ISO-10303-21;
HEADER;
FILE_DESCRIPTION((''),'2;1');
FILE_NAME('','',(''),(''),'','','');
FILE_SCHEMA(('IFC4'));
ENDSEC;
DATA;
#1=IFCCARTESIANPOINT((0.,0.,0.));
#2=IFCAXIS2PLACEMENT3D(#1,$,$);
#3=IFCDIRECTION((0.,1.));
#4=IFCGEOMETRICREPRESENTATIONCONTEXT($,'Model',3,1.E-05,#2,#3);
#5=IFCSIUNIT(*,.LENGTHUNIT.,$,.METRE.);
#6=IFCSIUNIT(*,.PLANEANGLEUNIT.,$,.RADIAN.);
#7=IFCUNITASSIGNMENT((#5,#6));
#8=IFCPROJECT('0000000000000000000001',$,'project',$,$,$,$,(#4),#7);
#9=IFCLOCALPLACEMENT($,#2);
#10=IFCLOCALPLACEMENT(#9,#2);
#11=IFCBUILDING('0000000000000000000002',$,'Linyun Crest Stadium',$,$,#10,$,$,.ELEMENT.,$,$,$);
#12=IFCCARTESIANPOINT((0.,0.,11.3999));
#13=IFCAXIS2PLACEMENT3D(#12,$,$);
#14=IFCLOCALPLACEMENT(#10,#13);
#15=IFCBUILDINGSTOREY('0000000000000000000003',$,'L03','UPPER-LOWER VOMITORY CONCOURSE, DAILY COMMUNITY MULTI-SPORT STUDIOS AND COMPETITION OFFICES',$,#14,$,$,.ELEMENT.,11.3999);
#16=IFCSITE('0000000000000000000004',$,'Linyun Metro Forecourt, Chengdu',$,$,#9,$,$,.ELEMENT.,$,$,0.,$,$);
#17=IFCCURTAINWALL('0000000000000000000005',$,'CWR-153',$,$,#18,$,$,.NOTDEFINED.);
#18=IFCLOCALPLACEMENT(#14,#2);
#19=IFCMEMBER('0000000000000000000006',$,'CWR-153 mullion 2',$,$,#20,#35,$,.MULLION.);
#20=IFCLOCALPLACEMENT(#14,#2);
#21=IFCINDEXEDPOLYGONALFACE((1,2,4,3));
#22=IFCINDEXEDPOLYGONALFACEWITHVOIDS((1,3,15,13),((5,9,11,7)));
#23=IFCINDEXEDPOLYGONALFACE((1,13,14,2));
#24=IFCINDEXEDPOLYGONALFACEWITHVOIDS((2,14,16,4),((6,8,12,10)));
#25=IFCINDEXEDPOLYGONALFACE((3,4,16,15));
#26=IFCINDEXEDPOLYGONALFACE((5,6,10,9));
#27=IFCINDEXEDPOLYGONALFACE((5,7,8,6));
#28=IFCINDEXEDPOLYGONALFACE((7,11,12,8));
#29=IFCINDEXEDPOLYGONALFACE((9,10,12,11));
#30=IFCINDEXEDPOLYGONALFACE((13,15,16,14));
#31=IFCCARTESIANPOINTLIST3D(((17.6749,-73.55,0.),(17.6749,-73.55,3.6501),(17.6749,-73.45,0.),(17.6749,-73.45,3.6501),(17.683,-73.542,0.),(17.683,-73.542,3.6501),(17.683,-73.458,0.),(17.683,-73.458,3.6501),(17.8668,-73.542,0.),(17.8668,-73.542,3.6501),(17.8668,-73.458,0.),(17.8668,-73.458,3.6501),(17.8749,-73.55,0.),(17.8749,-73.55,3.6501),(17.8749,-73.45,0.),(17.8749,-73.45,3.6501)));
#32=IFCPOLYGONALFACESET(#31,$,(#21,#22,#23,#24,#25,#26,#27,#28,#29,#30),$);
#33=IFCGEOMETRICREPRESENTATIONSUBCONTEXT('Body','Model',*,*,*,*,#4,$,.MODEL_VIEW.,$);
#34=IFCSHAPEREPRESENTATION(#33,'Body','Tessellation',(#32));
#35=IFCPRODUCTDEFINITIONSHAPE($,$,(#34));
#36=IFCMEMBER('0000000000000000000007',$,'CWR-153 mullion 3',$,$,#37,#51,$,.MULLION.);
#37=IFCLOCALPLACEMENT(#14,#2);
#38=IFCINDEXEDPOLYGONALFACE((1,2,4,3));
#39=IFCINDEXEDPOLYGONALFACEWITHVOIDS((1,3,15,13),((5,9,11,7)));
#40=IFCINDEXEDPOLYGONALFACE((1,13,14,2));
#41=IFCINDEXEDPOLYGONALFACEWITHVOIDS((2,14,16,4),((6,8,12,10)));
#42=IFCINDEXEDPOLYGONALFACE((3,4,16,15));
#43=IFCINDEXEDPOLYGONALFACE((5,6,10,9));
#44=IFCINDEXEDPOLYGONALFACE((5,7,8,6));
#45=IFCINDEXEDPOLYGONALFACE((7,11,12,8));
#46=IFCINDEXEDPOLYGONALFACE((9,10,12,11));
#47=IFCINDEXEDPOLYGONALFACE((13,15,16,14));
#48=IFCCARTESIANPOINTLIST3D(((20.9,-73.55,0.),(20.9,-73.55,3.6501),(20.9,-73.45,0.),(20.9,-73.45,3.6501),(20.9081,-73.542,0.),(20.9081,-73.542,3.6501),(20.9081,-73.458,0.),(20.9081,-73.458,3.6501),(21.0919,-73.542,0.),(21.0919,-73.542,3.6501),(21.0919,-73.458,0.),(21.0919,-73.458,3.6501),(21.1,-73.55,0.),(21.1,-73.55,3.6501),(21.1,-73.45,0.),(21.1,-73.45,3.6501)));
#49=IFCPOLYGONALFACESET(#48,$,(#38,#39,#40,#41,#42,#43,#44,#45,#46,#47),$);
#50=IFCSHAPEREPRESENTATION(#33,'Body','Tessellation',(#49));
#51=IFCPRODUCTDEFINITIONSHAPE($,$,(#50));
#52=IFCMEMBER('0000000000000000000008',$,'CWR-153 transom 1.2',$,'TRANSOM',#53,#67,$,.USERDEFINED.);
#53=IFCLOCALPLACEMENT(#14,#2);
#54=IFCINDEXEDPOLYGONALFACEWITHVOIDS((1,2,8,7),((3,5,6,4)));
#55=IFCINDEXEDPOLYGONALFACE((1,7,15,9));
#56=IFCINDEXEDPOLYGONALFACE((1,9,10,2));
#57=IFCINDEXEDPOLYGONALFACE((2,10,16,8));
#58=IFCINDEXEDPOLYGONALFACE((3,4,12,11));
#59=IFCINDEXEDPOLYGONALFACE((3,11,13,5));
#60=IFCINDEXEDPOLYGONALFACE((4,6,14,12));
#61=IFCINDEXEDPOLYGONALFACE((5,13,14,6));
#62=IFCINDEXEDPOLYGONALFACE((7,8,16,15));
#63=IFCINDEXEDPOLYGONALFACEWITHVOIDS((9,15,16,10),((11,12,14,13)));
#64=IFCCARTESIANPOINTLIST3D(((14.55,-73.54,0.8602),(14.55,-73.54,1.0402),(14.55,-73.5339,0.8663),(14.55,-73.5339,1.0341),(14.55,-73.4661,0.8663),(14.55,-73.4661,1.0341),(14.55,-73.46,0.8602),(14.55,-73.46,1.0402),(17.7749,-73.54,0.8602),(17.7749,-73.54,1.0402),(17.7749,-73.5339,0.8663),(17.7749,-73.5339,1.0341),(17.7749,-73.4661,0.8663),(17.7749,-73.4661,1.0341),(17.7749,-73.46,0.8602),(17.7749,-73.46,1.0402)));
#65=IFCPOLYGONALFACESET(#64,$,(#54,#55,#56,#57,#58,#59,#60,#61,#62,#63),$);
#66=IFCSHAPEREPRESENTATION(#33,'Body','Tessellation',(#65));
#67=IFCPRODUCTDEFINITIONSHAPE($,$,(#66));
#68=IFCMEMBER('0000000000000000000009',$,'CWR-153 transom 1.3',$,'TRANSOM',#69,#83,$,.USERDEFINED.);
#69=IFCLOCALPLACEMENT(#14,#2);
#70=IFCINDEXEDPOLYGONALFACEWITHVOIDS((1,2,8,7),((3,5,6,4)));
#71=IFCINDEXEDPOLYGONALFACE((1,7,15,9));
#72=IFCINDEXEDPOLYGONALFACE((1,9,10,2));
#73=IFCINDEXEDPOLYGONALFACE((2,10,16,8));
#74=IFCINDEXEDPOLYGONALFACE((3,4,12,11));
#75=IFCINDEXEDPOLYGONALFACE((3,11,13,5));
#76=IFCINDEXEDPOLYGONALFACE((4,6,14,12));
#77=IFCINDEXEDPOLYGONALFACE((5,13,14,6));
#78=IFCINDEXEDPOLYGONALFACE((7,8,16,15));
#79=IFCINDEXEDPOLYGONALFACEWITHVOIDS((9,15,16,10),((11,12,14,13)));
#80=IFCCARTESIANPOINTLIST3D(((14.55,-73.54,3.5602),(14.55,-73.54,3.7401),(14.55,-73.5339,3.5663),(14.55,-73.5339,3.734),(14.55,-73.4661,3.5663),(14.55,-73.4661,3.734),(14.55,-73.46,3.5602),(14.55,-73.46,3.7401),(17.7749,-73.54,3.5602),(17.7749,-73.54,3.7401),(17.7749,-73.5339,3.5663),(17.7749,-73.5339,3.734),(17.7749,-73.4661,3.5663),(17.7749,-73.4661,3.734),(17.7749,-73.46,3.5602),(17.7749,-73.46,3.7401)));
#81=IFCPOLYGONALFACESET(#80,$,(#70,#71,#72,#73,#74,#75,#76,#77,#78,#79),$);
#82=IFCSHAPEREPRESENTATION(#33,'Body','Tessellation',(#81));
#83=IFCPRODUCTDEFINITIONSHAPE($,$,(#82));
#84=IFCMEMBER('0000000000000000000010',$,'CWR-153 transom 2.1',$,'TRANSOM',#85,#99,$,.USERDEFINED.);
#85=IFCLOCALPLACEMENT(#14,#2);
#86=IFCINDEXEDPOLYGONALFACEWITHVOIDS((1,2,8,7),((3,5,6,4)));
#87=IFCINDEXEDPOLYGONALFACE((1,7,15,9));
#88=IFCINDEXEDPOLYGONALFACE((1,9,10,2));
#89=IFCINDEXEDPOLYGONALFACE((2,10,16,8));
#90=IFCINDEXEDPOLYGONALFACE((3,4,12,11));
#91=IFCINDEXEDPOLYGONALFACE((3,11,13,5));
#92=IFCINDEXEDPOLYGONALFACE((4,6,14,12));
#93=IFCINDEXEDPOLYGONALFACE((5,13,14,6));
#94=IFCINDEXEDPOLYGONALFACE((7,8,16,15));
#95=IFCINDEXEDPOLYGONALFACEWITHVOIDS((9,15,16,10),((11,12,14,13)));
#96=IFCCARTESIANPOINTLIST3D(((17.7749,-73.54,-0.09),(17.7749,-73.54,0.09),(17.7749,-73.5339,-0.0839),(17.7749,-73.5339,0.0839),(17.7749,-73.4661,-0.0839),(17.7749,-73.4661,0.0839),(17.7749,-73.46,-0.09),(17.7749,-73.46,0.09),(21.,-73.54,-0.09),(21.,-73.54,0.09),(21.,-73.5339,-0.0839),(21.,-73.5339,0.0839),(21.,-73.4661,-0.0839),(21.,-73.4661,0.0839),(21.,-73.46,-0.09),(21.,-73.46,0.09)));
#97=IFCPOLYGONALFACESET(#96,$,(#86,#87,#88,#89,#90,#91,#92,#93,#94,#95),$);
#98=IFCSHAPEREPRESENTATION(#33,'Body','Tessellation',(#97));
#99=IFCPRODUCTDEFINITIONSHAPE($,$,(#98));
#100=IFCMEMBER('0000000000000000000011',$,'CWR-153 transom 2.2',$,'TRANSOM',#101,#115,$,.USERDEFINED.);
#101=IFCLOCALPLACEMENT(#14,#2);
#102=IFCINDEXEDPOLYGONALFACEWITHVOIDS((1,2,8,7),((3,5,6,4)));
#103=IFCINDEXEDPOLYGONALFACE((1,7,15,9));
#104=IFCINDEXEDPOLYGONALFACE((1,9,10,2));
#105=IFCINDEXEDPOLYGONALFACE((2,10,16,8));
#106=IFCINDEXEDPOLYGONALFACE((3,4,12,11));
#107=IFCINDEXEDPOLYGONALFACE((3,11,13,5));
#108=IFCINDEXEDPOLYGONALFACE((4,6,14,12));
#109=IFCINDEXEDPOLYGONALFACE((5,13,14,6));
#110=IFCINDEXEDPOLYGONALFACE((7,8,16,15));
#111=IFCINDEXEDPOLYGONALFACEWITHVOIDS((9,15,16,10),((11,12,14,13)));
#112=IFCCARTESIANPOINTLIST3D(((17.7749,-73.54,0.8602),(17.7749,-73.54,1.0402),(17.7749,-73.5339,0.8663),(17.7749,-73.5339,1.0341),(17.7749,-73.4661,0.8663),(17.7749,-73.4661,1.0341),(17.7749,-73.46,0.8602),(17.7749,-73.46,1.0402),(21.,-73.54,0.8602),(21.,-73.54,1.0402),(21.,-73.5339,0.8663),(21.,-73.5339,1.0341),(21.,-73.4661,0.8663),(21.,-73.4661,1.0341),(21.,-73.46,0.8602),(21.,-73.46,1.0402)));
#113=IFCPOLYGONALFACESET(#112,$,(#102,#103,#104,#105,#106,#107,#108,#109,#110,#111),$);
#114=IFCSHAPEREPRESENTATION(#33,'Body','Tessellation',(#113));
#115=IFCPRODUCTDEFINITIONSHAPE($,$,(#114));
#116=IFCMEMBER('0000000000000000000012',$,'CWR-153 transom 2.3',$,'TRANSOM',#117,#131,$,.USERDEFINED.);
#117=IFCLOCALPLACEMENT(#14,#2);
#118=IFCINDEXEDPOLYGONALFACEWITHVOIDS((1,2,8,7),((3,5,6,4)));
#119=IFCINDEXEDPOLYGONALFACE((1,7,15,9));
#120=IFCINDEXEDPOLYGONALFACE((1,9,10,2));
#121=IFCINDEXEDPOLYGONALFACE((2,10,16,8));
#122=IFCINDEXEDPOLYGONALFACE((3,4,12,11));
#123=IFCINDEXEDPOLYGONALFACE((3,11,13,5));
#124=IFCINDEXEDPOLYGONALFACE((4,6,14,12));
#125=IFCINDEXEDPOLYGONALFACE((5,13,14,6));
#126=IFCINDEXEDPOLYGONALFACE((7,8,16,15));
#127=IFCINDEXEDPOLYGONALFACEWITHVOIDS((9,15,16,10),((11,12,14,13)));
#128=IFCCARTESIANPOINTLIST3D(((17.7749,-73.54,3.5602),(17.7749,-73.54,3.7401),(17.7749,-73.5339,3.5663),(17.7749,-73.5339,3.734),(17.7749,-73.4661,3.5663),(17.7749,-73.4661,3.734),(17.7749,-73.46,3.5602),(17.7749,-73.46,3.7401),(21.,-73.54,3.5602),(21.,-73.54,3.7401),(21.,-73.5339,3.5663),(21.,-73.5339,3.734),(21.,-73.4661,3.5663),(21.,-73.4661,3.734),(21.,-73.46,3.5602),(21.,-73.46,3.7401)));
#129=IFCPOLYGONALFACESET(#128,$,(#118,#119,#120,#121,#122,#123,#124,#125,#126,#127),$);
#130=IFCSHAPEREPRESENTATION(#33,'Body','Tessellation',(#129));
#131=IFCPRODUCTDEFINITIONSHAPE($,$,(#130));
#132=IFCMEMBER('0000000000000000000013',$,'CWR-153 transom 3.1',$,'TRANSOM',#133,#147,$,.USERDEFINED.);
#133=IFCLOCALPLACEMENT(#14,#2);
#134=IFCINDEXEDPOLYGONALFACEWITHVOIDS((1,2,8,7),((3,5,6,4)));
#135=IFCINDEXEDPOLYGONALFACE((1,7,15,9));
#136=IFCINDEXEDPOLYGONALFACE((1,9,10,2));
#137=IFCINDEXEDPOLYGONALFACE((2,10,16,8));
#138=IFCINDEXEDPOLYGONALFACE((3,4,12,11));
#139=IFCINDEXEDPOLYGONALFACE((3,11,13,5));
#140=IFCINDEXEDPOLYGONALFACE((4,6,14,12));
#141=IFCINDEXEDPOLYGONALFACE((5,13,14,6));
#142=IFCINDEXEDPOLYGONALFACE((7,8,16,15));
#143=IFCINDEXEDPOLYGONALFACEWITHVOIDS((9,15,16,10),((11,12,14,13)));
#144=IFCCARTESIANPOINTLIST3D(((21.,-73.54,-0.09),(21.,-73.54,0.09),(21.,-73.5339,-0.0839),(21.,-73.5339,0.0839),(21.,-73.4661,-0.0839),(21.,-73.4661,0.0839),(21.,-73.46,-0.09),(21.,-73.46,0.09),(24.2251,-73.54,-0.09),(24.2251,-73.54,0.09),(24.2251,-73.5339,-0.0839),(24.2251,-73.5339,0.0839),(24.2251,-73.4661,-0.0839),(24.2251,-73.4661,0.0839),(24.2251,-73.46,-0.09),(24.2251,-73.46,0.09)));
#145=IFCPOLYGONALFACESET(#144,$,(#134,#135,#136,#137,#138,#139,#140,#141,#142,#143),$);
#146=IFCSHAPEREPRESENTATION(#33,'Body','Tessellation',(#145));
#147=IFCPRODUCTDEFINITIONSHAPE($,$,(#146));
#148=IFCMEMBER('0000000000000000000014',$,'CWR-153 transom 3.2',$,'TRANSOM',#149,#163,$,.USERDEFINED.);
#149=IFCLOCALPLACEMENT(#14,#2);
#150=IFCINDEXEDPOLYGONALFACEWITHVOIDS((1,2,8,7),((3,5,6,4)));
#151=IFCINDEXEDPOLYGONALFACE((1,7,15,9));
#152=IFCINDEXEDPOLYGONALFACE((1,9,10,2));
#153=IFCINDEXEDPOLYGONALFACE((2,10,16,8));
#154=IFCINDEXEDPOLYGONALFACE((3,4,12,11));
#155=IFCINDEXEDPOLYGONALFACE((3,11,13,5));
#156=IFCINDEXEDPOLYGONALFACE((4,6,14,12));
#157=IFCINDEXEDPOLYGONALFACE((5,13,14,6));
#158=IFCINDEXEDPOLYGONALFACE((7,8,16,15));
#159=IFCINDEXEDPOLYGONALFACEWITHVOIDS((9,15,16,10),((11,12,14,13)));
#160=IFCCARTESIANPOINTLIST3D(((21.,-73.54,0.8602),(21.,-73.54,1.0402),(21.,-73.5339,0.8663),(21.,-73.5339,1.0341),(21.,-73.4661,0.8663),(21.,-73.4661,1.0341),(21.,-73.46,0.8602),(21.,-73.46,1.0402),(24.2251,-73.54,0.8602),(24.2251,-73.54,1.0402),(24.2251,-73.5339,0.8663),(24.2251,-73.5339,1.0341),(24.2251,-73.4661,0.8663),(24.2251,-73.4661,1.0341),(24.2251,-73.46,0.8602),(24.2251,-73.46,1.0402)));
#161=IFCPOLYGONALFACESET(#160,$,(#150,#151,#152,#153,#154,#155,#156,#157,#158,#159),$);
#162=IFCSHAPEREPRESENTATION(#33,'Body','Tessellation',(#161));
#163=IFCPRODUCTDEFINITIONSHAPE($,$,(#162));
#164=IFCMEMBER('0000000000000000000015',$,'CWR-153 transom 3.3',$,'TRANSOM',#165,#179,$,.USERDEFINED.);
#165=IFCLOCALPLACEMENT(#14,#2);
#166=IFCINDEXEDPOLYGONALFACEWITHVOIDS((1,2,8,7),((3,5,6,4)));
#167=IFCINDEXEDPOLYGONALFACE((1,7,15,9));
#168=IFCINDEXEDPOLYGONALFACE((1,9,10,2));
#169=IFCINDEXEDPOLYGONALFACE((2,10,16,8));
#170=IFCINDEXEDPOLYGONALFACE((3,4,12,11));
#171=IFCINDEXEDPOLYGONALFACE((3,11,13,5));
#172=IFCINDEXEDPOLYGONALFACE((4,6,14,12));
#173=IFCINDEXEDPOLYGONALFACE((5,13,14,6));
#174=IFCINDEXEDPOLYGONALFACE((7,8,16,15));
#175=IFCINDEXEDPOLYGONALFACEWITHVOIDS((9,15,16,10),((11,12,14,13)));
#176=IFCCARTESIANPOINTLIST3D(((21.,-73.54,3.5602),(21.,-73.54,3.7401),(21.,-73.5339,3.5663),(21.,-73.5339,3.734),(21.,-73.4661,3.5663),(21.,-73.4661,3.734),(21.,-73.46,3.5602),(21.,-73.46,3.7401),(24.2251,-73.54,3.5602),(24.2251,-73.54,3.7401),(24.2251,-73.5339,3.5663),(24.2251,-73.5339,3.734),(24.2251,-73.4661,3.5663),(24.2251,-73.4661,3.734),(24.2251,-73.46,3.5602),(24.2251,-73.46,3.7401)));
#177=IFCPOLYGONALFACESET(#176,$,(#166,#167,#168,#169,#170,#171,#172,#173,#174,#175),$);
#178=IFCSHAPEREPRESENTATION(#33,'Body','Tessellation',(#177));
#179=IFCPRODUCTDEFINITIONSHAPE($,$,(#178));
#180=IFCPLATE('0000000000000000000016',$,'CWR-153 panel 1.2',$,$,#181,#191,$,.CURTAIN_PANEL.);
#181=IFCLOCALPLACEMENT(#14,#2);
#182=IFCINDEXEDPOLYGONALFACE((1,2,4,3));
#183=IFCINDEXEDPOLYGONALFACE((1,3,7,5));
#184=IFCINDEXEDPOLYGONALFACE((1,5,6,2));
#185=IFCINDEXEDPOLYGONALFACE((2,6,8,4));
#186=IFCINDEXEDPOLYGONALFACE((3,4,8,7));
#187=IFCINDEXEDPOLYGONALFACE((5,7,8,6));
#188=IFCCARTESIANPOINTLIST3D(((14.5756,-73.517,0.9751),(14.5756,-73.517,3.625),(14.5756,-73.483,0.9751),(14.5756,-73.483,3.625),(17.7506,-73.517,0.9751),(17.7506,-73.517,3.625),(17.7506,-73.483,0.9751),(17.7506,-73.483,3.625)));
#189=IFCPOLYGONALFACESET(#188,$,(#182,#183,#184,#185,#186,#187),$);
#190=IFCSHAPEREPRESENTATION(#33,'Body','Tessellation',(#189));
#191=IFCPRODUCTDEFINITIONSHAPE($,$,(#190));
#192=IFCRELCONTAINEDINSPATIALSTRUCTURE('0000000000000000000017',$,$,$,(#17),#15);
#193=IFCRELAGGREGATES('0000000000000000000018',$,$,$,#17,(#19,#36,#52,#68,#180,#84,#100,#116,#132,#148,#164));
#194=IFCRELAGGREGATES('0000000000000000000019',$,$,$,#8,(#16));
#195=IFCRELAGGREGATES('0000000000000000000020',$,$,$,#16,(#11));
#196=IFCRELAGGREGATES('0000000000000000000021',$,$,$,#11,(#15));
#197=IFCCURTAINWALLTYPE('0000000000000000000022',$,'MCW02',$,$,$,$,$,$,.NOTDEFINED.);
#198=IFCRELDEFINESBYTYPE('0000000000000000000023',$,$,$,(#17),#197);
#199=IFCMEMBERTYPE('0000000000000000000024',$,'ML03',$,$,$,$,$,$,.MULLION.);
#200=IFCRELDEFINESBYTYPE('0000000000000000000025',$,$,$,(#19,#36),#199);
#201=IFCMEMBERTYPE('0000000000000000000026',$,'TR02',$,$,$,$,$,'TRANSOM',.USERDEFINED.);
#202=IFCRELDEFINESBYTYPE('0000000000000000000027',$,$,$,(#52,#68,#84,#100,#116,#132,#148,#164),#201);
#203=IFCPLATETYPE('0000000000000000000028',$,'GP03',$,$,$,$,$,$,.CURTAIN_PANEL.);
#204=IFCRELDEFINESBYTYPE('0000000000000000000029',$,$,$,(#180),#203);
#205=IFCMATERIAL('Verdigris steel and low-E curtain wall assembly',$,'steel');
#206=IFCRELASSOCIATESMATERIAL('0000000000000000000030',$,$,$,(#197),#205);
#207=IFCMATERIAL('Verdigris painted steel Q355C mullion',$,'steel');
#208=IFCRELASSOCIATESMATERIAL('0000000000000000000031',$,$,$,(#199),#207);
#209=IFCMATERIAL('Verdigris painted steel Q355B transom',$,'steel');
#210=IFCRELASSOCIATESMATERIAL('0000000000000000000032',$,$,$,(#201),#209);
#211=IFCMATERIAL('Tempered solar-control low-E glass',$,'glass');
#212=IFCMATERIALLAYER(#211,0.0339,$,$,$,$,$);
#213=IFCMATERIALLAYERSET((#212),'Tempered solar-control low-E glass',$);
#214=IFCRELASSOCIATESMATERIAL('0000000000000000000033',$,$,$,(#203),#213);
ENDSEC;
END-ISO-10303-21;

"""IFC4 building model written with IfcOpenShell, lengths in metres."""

from ifc_helpers import new_model, si_unit, direction, frame, origin, origin_2d, place, context, subcontext, project, spatial, rectangle, hollow_rectangle, extrude, material, layer, layer_set, material_profile, profile_set, type_object, element, aggregate, save


model = new_model("IFC4")

# Units and contexts
model_context = context("Model", 3, precision=1e-05, world=origin(), true_north=direction((0.0, 1.0)))
body_context = subcontext(model_context, "Body", "Model", "MODEL_VIEW")
ifc_project = project(units=[si_unit("LENGTHUNIT", "METRE"), si_unit("PLANEANGLEUNIT", "RADIAN")], contexts=[model_context])

# Site, building, storey
site_placement = place(None, origin())
site = spatial("IfcSite", under=ifc_project, at=site_placement, Name="Linyun Metro Forecourt, Chengdu", CompositionType="ELEMENT", RefElevation=0.0)
building_placement = place(site_placement, origin())
building = spatial("IfcBuilding", under=site, at=building_placement, Name="Linyun Crest Stadium", CompositionType="ELEMENT")
storey_placement = place(building_placement, frame((0.0, 0.0, 11.3999)))
storey = spatial("IfcBuildingStorey", under=building, at=storey_placement, Name="L03", Description="UPPER-LOWER VOMITORY CONCOURSE, DAILY COMMUNITY MULTI-SPORT STUDIOS AND COMPETITION OFFICES", CompositionType="ELEMENT", Elevation=11.3999)

# Curtain wall, members, plate
ifc_material_1 = material(Name="Verdigris steel and low-E curtain wall assembly", Category="steel")
curtain_wall_type = type_object("IfcCurtainWallType", Name="MCW02", PredefinedType="NOTDEFINED", material=ifc_material_1)
curtain_wall_placement = place(storey_placement, origin())
curtain_wall = element("IfcCurtainWall", 1, at=curtain_wall_placement, inside=storey, type_object=curtain_wall_type, Name="CWR-153", PredefinedType="NOTDEFINED")
ifc_material_2 = material(Name="Verdigris painted steel Q355C mullion", Category="steel")
ifc_material_profile_1 = material_profile(ifc_material_2, hollow_rectangle(XDim=0.1001, YDim=0.2, WallThickness=0.0081, at=origin_2d()), Name="RHS 200x100x8")
ifc_profile_set_1 = profile_set([ifc_material_profile_1], Name="Verdigris painted steel Q355C mullion")
member_type_1 = type_object("IfcMemberType", Name="ML03", PredefinedType="MULLION", material=ifc_profile_set_1)
member_1_placement = place(storey_placement, frame((17.7749, -73.5, 0.0), z_axis=(0.0, 0.0, 1.0), x_axis=(0.0, 1.0, 0.0)))
member_1 = element("IfcMember", 2, at=member_1_placement, type_object=member_type_1, Name="CWR-153 mullion 2", PredefinedType="MULLION", context=body_context, shape_type="SweptSolid", body=[
    extrude(hollow_rectangle(XDim=0.1001, YDim=0.2, WallThickness=0.0081, at=origin_2d()), origin(), (0.0, 0.0, 1.0), 3.6501),
])
member_2_placement = place(storey_placement, frame((21.0, -73.5, 0.0), z_axis=(0.0, 0.0, 1.0), x_axis=(0.0, 1.0, 0.0)))
member_2 = element("IfcMember", 3, at=member_2_placement, type_object=member_type_1, Name="CWR-153 mullion 3", PredefinedType="MULLION", context=body_context, shape_type="SweptSolid", body=[
    extrude(hollow_rectangle(XDim=0.1001, YDim=0.2, WallThickness=0.0081, at=origin_2d()), origin(), (0.0, 0.0, 1.0), 3.6501),
])
ifc_material_3 = material(Name="Verdigris painted steel Q355B transom", Category="steel")
ifc_material_profile_2 = material_profile(ifc_material_3, hollow_rectangle(XDim=0.0801, YDim=0.1799, WallThickness=0.0061, at=origin_2d()), Name="RHS 180x80x6")
ifc_profile_set_2 = profile_set([ifc_material_profile_2], Name="Verdigris painted steel Q355B transom")
member_type_2 = type_object("IfcMemberType", Name="TR02", ElementType="TRANSOM", PredefinedType="USERDEFINED", material=ifc_profile_set_2)
member_3_placement = place(storey_placement, frame((14.55, -73.5, 0.9502), z_axis=(1.0, 0.0, 0.0), x_axis=(0.0, 1.0, 0.0)))
member_3 = element("IfcMember", 4, at=member_3_placement, type_object=member_type_2, Name="CWR-153 transom 1.2", ObjectType="TRANSOM", PredefinedType="USERDEFINED", context=body_context, shape_type="SweptSolid", body=[
    extrude(hollow_rectangle(XDim=0.0801, YDim=0.1799, WallThickness=0.0061, at=origin_2d()), origin(), (0.0, 0.0, 1.0), 3.2249),
])
member_4_placement = place(storey_placement, frame((14.55, -73.5, 3.6501), z_axis=(1.0, 0.0, 0.0), x_axis=(0.0, 1.0, 0.0)))
member_4 = element("IfcMember", 5, at=member_4_placement, type_object=member_type_2, Name="CWR-153 transom 1.3", ObjectType="TRANSOM", PredefinedType="USERDEFINED", context=body_context, shape_type="SweptSolid", body=[
    extrude(hollow_rectangle(XDim=0.0801, YDim=0.1799, WallThickness=0.0061, at=origin_2d()), origin(), (0.0, 0.0, 1.0), 3.2249),
])
member_5_placement = place(storey_placement, frame((17.7749, -73.5, 0.0), z_axis=(1.0, 0.0, 0.0), x_axis=(0.0, 1.0, 0.0)))
member_5 = element("IfcMember", 6, at=member_5_placement, type_object=member_type_2, Name="CWR-153 transom 2.1", ObjectType="TRANSOM", PredefinedType="USERDEFINED", context=body_context, shape_type="SweptSolid", body=[
    extrude(hollow_rectangle(XDim=0.0801, YDim=0.1799, WallThickness=0.0061, at=origin_2d()), origin(), (0.0, 0.0, 1.0), 3.2251),
])
member_6_placement = place(storey_placement, frame((17.7749, -73.5, 0.9502), z_axis=(1.0, 0.0, 0.0), x_axis=(0.0, 1.0, 0.0)))
member_6 = element("IfcMember", 7, at=member_6_placement, type_object=member_type_2, Name="CWR-153 transom 2.2", ObjectType="TRANSOM", PredefinedType="USERDEFINED", context=body_context, shape_type="SweptSolid", body=[
    extrude(hollow_rectangle(XDim=0.0801, YDim=0.1799, WallThickness=0.0061, at=origin_2d()), origin(), (0.0, 0.0, 1.0), 3.2251),
])
member_7_placement = place(storey_placement, frame((17.7749, -73.5, 3.6501), z_axis=(1.0, 0.0, 0.0), x_axis=(0.0, 1.0, 0.0)))
member_7 = element("IfcMember", 8, at=member_7_placement, type_object=member_type_2, Name="CWR-153 transom 2.3", ObjectType="TRANSOM", PredefinedType="USERDEFINED", context=body_context, shape_type="SweptSolid", body=[
    extrude(hollow_rectangle(XDim=0.0801, YDim=0.1799, WallThickness=0.0061, at=origin_2d()), origin(), (0.0, 0.0, 1.0), 3.2251),
])
member_8_placement = place(storey_placement, frame((21.0, -73.5, 0.0), z_axis=(1.0, 0.0, 0.0), x_axis=(0.0, 1.0, 0.0)))
member_8 = element("IfcMember", 9, at=member_8_placement, type_object=member_type_2, Name="CWR-153 transom 3.1", ObjectType="TRANSOM", PredefinedType="USERDEFINED", context=body_context, shape_type="SweptSolid", body=[
    extrude(hollow_rectangle(XDim=0.0801, YDim=0.1799, WallThickness=0.0061, at=origin_2d()), origin(), (0.0, 0.0, 1.0), 3.2251),
])
member_9_placement = place(storey_placement, frame((21.0, -73.5, 0.9502), z_axis=(1.0, 0.0, 0.0), x_axis=(0.0, 1.0, 0.0)))
member_9 = element("IfcMember", 10, at=member_9_placement, type_object=member_type_2, Name="CWR-153 transom 3.2", ObjectType="TRANSOM", PredefinedType="USERDEFINED", context=body_context, shape_type="SweptSolid", body=[
    extrude(hollow_rectangle(XDim=0.0801, YDim=0.1799, WallThickness=0.0061, at=origin_2d()), origin(), (0.0, 0.0, 1.0), 3.2251),
])
member_10_placement = place(storey_placement, frame((21.0, -73.5, 3.6501), z_axis=(1.0, 0.0, 0.0), x_axis=(0.0, 1.0, 0.0)))
member_10 = element("IfcMember", 11, at=member_10_placement, type_object=member_type_2, Name="CWR-153 transom 3.3", ObjectType="TRANSOM", PredefinedType="USERDEFINED", context=body_context, shape_type="SweptSolid", body=[
    extrude(hollow_rectangle(XDim=0.0801, YDim=0.1799, WallThickness=0.0061, at=origin_2d()), origin(), (0.0, 0.0, 1.0), 3.2251),
])
ifc_material_4 = material(Name="Tempered solar-control low-E glass", Category="glass")
ifc_layer_1 = layer(ifc_material_4, 0.0339)
ifc_layer_set_1 = layer_set([ifc_layer_1], Name="Tempered solar-control low-E glass")
plate_type_1 = type_object("IfcPlateType", Name="GP03", PredefinedType="CURTAIN_PANEL", material=ifc_layer_set_1)
plate_1_placement = place(storey_placement, frame((16.1631, -73.5, 0.9751), z_axis=(0.0, 0.0, 1.0), x_axis=(1.0, 0.0, 0.0)))
plate_1 = element("IfcPlate", 12, at=plate_1_placement, type_object=plate_type_1, Name="CWR-153 panel 1.2", PredefinedType="CURTAIN_PANEL", context=body_context, shape_type="SweptSolid", body=[
    extrude(rectangle(XDim=3.175, YDim=0.0339, at=origin_2d()), origin(), (0.0, 0.0, 1.0), 2.6499),
])
aggregate(curtain_wall, [member_1, member_2, member_3, member_4, plate_1, member_5, member_6, member_7, member_8, member_9, member_10])

save(model, "model.ifc")
